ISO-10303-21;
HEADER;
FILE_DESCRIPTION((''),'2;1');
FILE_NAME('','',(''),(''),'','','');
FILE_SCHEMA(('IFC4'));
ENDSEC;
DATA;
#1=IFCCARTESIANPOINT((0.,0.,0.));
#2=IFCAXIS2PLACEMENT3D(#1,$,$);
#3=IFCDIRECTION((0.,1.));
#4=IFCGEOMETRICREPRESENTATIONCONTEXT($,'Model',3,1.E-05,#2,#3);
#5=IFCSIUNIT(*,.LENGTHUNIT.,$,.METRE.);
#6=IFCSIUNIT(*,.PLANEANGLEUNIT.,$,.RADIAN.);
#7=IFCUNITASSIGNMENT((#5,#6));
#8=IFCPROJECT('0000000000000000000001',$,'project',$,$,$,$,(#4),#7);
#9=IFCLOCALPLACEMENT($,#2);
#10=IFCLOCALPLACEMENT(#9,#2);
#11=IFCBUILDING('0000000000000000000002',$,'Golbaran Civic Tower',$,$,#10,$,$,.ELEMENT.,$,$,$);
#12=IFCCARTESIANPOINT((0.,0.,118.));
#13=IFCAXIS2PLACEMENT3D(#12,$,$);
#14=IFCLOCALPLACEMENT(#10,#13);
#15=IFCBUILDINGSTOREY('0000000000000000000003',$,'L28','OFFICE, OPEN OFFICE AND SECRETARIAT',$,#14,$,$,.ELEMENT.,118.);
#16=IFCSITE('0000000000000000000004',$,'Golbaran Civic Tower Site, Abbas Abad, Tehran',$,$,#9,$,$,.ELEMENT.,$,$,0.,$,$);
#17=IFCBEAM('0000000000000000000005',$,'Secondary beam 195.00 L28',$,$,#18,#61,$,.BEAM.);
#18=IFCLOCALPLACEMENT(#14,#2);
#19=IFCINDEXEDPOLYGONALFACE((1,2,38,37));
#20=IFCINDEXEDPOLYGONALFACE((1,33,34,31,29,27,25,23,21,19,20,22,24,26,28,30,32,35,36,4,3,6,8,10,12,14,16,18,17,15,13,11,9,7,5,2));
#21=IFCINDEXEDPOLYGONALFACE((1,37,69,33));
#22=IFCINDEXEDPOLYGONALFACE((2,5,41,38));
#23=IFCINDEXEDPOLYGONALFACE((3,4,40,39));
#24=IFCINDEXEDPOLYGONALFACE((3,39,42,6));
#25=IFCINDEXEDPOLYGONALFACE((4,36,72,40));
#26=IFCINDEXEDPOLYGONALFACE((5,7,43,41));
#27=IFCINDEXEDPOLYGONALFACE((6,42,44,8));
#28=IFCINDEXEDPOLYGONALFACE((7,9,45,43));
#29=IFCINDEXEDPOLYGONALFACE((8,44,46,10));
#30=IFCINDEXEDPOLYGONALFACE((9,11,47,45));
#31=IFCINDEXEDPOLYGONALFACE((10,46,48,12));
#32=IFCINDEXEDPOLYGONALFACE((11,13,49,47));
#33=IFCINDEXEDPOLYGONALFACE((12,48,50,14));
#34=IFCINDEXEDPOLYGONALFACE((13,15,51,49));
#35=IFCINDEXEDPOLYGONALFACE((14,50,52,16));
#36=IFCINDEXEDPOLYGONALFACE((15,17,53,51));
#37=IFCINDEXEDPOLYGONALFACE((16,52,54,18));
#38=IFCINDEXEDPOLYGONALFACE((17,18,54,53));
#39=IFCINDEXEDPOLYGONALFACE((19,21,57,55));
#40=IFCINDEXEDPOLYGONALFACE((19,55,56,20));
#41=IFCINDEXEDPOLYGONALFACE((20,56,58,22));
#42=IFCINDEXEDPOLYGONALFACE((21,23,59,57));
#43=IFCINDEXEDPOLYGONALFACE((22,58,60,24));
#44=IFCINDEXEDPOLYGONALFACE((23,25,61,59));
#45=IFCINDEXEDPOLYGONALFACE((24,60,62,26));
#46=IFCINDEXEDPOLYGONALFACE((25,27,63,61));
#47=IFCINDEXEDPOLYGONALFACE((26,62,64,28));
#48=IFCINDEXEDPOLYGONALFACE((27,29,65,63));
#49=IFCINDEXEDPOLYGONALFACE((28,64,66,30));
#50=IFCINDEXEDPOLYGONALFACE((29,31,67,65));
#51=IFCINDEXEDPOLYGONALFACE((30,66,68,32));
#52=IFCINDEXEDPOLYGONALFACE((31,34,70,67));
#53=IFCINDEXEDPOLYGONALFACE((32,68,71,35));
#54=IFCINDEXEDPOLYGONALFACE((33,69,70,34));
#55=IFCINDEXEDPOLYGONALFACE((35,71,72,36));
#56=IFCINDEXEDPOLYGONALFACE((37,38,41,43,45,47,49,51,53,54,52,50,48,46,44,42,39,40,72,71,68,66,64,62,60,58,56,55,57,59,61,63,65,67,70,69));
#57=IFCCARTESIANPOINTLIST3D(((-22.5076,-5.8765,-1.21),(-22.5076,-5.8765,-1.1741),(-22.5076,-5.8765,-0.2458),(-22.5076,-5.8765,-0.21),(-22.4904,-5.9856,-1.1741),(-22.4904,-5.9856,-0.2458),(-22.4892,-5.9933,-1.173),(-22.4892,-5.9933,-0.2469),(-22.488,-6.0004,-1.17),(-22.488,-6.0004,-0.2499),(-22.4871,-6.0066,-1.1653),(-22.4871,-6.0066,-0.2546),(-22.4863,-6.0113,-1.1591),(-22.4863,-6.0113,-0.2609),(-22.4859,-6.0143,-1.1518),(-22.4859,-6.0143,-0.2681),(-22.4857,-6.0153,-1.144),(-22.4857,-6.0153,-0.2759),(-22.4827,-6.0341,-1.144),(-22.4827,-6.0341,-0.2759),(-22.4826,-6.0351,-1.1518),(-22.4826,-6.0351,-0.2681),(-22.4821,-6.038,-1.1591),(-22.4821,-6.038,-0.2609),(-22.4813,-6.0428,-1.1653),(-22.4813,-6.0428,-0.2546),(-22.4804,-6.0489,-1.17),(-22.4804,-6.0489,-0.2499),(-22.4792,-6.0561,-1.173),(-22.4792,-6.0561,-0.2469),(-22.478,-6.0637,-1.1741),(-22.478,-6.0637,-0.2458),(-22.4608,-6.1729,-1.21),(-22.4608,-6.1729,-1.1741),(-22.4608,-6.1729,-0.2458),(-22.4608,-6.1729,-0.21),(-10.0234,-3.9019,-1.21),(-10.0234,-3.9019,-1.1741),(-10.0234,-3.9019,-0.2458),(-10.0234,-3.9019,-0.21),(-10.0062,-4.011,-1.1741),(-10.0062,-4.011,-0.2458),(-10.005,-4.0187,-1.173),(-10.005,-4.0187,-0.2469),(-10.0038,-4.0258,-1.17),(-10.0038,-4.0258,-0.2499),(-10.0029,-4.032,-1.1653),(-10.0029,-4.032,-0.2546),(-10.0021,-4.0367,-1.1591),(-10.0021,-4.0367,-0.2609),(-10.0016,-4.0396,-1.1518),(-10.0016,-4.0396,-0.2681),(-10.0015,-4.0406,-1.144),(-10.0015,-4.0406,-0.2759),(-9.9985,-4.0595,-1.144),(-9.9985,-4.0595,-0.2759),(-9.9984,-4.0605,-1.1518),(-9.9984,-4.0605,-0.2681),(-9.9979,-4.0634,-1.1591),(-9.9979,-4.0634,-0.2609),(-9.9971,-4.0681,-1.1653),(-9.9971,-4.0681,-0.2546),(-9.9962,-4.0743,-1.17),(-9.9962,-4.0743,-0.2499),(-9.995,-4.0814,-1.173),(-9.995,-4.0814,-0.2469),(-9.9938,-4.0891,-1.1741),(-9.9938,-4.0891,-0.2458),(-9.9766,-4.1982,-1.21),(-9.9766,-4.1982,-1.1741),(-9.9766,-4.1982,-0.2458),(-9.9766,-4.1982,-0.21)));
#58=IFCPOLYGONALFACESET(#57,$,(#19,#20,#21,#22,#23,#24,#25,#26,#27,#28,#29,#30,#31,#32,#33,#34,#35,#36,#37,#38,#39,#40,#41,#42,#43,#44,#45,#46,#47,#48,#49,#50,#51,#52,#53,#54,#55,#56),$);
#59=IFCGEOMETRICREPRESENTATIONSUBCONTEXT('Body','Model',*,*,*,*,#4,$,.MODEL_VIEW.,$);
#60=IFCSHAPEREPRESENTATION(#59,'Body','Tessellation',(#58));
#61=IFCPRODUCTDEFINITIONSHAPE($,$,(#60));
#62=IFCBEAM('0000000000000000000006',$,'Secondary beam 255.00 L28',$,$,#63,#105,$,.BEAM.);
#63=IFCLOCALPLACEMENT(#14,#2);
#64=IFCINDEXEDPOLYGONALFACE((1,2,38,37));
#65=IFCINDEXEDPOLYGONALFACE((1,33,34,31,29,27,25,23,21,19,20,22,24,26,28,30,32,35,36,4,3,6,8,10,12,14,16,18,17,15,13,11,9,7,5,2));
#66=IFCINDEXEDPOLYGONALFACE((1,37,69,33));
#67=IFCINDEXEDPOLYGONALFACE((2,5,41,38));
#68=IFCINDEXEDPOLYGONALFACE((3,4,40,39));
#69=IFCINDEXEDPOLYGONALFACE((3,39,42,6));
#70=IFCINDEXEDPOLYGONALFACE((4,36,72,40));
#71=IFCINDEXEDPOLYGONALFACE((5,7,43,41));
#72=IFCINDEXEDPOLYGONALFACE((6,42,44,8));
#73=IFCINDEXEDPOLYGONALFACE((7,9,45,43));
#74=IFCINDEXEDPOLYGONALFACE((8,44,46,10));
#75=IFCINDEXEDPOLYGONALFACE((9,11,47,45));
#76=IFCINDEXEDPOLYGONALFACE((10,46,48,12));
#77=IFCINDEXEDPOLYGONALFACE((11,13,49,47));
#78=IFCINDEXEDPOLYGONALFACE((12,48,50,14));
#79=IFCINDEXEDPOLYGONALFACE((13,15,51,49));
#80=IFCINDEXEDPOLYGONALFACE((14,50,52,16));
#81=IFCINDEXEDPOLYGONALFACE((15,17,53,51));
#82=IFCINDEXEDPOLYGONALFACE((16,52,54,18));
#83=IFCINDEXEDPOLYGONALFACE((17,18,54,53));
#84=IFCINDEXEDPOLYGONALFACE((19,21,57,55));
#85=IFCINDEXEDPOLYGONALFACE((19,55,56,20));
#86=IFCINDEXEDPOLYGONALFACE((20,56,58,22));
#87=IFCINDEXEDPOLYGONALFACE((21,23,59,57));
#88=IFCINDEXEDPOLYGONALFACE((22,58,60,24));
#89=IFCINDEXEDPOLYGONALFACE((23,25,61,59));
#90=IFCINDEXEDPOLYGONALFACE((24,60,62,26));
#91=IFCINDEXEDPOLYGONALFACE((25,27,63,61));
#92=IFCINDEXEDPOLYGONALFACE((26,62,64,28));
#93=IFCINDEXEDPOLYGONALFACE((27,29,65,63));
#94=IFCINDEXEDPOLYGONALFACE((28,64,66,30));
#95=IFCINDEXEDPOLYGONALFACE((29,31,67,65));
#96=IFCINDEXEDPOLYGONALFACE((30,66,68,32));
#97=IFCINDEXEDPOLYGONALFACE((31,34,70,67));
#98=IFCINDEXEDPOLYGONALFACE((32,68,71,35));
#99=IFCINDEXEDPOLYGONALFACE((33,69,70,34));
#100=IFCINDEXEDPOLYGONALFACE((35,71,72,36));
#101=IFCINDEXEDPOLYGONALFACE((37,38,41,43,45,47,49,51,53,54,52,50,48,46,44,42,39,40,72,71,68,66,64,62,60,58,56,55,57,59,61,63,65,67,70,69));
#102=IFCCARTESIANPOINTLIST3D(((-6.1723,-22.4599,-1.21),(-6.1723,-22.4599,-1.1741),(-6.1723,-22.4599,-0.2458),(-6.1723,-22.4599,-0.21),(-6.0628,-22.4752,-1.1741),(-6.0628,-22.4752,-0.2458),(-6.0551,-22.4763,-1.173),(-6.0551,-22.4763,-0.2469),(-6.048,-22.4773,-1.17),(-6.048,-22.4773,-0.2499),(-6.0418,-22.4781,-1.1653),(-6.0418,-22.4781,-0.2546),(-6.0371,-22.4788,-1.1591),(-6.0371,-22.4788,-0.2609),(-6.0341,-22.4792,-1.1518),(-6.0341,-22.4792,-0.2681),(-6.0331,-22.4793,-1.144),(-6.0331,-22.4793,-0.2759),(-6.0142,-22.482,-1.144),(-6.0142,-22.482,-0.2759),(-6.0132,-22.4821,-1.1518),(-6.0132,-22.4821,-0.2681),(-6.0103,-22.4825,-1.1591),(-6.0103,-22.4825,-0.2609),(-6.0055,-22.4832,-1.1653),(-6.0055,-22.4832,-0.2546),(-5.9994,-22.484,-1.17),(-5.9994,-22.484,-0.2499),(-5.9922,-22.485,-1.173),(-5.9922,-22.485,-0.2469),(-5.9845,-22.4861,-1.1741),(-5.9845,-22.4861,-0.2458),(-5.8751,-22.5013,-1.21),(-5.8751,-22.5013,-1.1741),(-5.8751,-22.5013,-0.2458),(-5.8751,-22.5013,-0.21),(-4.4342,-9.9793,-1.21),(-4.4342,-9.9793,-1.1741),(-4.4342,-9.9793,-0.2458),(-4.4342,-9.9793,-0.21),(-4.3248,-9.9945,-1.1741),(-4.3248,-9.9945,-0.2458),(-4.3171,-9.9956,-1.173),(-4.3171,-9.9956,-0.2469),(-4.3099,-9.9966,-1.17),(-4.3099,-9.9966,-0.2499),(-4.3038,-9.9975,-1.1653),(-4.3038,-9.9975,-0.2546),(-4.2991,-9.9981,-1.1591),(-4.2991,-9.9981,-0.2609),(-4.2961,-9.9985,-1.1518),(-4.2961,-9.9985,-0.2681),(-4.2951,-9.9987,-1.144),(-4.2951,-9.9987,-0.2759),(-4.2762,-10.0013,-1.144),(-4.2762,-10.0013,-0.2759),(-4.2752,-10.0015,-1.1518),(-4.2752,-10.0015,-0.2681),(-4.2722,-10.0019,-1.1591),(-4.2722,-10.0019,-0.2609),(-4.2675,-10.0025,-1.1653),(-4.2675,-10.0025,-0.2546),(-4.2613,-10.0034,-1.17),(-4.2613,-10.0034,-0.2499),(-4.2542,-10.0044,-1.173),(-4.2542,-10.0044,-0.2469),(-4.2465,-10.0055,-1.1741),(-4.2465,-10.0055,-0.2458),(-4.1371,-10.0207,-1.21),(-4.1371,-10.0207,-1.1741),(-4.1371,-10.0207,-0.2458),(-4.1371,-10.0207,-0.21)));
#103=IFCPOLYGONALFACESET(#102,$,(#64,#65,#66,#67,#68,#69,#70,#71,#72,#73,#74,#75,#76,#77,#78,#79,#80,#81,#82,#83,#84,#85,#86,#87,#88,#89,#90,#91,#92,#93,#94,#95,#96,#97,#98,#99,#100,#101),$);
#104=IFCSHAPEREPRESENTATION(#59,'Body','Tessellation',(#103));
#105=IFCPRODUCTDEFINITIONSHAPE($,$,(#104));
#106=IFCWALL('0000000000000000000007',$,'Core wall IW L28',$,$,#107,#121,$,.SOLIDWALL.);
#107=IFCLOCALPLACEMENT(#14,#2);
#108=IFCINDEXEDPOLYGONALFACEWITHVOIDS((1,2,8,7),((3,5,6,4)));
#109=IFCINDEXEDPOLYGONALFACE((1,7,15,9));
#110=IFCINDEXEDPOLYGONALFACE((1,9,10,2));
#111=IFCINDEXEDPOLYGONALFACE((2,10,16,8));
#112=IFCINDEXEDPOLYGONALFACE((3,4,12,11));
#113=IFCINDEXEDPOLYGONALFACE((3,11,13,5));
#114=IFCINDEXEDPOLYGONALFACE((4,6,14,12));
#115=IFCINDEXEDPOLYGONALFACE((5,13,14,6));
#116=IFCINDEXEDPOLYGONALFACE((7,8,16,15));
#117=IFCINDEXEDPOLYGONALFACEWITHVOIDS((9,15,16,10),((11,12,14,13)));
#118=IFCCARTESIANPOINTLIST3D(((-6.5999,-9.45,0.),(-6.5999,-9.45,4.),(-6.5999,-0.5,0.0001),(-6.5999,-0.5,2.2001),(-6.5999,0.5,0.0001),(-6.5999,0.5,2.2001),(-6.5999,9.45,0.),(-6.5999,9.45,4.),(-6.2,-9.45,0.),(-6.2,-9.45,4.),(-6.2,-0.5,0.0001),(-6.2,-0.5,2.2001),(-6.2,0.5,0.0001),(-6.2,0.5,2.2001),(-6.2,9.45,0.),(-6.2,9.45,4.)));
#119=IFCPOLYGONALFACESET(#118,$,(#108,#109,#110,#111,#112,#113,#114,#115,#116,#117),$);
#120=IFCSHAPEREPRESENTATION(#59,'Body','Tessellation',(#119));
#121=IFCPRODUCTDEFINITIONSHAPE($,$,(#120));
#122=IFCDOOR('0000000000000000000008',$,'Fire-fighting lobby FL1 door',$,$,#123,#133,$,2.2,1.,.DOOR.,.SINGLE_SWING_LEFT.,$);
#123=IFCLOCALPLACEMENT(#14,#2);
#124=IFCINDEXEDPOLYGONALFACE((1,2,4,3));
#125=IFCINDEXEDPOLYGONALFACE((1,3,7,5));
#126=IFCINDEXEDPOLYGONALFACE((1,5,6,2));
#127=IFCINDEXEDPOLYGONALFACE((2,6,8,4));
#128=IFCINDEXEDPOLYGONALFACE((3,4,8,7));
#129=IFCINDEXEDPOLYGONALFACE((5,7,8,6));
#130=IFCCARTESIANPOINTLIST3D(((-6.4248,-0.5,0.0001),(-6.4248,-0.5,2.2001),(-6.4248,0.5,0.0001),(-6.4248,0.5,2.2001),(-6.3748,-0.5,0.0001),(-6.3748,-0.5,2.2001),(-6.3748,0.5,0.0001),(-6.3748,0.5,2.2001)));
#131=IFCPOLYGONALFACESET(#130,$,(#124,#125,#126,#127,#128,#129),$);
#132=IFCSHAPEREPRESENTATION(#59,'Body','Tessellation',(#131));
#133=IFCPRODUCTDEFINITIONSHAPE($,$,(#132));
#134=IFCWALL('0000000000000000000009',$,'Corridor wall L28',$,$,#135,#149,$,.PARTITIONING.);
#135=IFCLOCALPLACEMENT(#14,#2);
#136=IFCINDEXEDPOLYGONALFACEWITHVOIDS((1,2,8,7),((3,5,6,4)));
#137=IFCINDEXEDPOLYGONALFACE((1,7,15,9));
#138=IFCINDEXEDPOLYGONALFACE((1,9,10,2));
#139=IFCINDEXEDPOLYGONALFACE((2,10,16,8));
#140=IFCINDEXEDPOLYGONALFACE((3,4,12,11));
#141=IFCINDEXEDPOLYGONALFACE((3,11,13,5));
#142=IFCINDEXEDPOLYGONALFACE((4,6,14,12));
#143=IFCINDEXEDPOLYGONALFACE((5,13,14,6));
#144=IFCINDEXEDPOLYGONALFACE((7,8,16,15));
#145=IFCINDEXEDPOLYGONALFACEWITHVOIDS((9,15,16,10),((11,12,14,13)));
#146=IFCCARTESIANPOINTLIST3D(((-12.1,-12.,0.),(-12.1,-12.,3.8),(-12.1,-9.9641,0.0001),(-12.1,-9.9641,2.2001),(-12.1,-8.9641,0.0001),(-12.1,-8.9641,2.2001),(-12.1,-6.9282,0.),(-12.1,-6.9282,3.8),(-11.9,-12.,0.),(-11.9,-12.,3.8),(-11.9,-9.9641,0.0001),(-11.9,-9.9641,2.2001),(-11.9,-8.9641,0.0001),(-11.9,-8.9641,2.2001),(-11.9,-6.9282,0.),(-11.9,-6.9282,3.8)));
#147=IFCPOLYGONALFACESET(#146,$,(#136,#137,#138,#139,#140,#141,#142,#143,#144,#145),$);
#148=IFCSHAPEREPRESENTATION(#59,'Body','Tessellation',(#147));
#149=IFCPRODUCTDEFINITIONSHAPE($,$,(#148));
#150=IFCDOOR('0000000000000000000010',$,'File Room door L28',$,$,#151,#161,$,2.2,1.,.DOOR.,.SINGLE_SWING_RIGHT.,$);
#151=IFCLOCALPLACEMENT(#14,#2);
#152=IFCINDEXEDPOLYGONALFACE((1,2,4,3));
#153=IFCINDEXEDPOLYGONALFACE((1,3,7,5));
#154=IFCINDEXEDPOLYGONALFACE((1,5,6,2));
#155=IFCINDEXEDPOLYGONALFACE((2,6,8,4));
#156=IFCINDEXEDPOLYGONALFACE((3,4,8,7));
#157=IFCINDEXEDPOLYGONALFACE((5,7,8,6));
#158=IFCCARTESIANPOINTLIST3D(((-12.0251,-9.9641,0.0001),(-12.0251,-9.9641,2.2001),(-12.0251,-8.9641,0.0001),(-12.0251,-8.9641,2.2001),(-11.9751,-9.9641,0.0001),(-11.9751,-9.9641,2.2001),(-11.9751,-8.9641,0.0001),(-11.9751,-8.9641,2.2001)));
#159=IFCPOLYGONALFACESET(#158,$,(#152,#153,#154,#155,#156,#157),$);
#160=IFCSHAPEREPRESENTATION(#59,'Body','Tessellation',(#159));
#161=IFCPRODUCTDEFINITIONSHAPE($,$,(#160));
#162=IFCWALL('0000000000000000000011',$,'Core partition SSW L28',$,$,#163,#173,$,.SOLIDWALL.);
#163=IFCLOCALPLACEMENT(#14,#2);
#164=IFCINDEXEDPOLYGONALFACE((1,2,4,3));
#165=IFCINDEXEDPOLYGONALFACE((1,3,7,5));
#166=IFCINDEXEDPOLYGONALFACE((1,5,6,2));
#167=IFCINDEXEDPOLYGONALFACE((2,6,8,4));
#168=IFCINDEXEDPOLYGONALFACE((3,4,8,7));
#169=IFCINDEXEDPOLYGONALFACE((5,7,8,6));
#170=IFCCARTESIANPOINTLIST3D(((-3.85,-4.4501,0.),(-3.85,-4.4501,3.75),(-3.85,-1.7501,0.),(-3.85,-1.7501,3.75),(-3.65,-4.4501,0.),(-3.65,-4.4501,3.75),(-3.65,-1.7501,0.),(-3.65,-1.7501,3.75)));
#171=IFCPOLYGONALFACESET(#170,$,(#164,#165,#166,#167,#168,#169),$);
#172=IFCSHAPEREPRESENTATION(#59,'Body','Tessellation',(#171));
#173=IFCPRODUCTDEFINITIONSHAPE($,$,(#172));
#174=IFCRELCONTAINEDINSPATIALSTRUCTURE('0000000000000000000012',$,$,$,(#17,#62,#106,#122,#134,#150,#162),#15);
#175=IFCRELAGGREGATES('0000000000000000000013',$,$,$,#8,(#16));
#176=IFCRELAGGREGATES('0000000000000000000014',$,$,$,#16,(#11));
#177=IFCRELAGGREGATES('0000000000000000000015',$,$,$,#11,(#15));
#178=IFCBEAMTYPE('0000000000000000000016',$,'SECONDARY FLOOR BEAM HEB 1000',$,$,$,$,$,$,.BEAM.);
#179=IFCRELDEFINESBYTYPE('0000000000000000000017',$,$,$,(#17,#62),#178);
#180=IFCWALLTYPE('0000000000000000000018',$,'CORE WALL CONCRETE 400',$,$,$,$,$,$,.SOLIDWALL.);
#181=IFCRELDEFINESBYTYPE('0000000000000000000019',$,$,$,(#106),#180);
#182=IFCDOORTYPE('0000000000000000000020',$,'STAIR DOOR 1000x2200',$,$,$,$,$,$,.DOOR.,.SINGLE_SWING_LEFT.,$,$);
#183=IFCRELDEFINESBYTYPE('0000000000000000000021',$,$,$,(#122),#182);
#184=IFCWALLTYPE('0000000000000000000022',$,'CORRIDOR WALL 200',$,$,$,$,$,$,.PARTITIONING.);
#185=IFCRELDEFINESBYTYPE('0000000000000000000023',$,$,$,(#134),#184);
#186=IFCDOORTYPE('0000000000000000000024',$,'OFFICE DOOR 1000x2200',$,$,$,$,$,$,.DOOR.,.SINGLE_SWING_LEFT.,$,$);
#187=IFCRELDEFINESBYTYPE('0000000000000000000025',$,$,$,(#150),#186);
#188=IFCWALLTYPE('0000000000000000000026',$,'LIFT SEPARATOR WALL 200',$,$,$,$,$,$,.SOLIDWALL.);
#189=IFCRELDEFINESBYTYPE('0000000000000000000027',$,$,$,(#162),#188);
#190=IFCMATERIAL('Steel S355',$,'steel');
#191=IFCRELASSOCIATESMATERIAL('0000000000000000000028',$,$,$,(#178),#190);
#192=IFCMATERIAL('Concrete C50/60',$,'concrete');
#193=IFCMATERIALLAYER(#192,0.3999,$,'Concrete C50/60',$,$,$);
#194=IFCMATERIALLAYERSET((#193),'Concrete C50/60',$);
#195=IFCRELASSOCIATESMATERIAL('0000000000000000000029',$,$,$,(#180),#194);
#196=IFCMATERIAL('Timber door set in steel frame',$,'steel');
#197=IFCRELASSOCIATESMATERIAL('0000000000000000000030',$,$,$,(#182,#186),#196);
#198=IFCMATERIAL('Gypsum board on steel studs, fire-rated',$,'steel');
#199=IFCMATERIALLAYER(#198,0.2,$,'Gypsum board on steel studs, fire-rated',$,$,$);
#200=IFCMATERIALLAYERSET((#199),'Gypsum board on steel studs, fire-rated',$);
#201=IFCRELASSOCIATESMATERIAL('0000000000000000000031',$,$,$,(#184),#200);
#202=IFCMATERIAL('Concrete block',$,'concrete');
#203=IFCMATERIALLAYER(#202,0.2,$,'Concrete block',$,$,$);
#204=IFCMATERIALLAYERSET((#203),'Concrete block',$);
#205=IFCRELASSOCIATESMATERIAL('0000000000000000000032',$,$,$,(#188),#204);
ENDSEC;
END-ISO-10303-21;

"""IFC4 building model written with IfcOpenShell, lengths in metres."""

from ifc_helpers import new_model, si_unit, direction, frame, frame_2d, origin, origin_2d, place, context, subcontext, project, spatial, rectangle, i_section, extrude, material, layer, layer_set, material_profile, profile_set, type_object, element, fill, save


model = new_model("IFC4")

# Units and contexts
model_context = context("Model", 3, precision=1e-05, world=origin(), true_north=direction((0.0, 1.0)))
body_context = subcontext(model_context, "Body", "Model", "MODEL_VIEW")
ifc_project = project(units=[si_unit("LENGTHUNIT", "METRE"), si_unit("PLANEANGLEUNIT", "RADIAN")], contexts=[model_context])

# Site, building, storey
site_placement = place(None, origin())
site = spatial("IfcSite", under=ifc_project, at=site_placement, Name="Golbaran Civic Tower Site, Abbas Abad, Tehran", CompositionType="ELEMENT", RefElevation=0.0)
building_placement = place(site_placement, origin())
building = spatial("IfcBuilding", under=site, at=building_placement, Name="Golbaran Civic Tower", CompositionType="ELEMENT")
storey_placement = place(building_placement, frame((0.0, 0.0, 118.0)))
storey = spatial("IfcBuildingStorey", under=building, at=storey_placement, Name="L28", Description="OFFICE, OPEN OFFICE AND SECRETARIAT", CompositionType="ELEMENT", Elevation=118.0)

# Beams
ifc_material_1 = material(Name="Steel S355", Category="steel")
ifc_material_profile_1 = material_profile(ifc_material_1, i_section(OverallWidth=0.3, OverallDepth=1.0, WebThickness=0.019, FlangeThickness=0.0359, FilletRadius=0.03, at=origin_2d()), Name="HEB 1000")
ifc_profile_set_1 = profile_set([ifc_material_profile_1], Name="Steel S355")
beam_type_1 = type_object("IfcBeamType", Name="SECONDARY FLOOR BEAM HEB 1000", PredefinedType="BEAM", material=ifc_profile_set_1)
beam_1_placement = place(storey_placement, frame((-10.0, -4.05, -0.71), z_axis=(-0.987721, -0.156227, 0.0), x_axis=(0.156227, -0.987721, 0.0)))
element("IfcBeam", 1, at=beam_1_placement, inside=storey, type_object=beam_type_1, Name="Secondary beam 195.00 L28", PredefinedType="BEAM", context=body_context, shape_type="SweptSolid", body=[
    extrude(i_section(OverallWidth=0.3, OverallDepth=1.0, WebThickness=0.019, FlangeThickness=0.0359, FilletRadius=0.03, at=origin_2d()), origin(), (0.0, 0.0, 1.0), 12.6394),
])
beam_2_placement = place(storey_placement, frame((-4.2856, -10.0, -0.71), z_axis=(-0.137927, -0.990442, 0.0), x_axis=(0.990442, -0.137927, 0.0)))
element("IfcBeam", 2, at=beam_2_placement, inside=storey, type_object=beam_type_1, Name="Secondary beam 255.00 L28", PredefinedType="BEAM", context=body_context, shape_type="SweptSolid", body=[
    extrude(i_section(OverallWidth=0.3, OverallDepth=1.0, WebThickness=0.019, FlangeThickness=0.0359, FilletRadius=0.03, at=origin_2d()), origin(), (0.0, 0.0, 1.0), 12.6011),
])

# Walls, openings, doors
ifc_material_2 = material(Name="Concrete C50/60", Category="concrete")
ifc_layer_1 = layer(ifc_material_2, 0.3999, Name="Concrete C50/60")
ifc_layer_set_1 = layer_set([ifc_layer_1], Name="Concrete C50/60")
wall_type_1 = type_object("IfcWallType", Name="CORE WALL CONCRETE 400", PredefinedType="SOLIDWALL", material=ifc_layer_set_1)
wall_1_placement = place(storey_placement, frame((-6.3999, -9.45, 0.0), z_axis=(0.0, 0.0, 1.0), x_axis=(0.0, 1.0, 0.0)))
wall_1 = element("IfcWall", 3, at=wall_1_placement, inside=storey, type_object=wall_type_1, Name="Core wall IW L28", PredefinedType="SOLIDWALL", context=body_context, shape_type="SweptSolid", body=[
    extrude(rectangle(XDim=18.8999, YDim=0.3999, at=frame_2d((9.45, 0.0))), origin(), (0.0, 0.0, 1.0), 4.0),
])
opening_1_placement = place(wall_1_placement, frame((8.95, 0.0, 0.0)))
opening_1 = element("IfcOpeningElement", 4, at=opening_1_placement, cuts=wall_1, PredefinedType="OPENING", context=body_context, shape_type="SweptSolid", body=[
    extrude(rectangle(XDim=1.0, YDim=2.2, at=frame_2d((0.5, 1.1001))), frame((0.0, 0.21, 0.0), z_axis=(0.0, -1.0, 0.0), x_axis=(1.0, 0.0, 0.0)), (0.0, 0.0, 1.0), 0.4199),
])
ifc_material_3 = material(Name="Timber door set in steel frame", Category="steel")
door_type_1 = type_object("IfcDoorType", Name="STAIR DOOR 1000x2200", OperationType="SINGLE_SWING_LEFT", PredefinedType="DOOR", material=ifc_material_3)
door_1_placement = place(opening_1_placement, origin())
door_1 = element("IfcDoor", 5, at=door_1_placement, inside=storey, type_object=door_type_1, Name="Fire-fighting lobby FL1 door", OperationType="SINGLE_SWING_LEFT", OverallHeight=2.2, OverallWidth=1.0, PredefinedType="DOOR", context=body_context, shape_type="SweptSolid", body=[
    extrude(rectangle(XDim=1.0, YDim=2.2, at=frame_2d((0.5, 1.1001))), frame((0.0, 0.0249, 0.0), z_axis=(0.0, -1.0, 0.0), x_axis=(1.0, 0.0, 0.0)), (0.0, 0.0, 1.0), 0.05),
])
fill(opening_1, door_1)
ifc_material_4 = material(Name="Gypsum board on steel studs, fire-rated", Category="steel")
ifc_layer_2 = layer(ifc_material_4, 0.2, Name="Gypsum board on steel studs, fire-rated")
ifc_layer_set_2 = layer_set([ifc_layer_2], Name="Gypsum board on steel studs, fire-rated")
wall_type_2 = type_object("IfcWallType", Name="CORRIDOR WALL 200", PredefinedType="PARTITIONING", material=ifc_layer_set_2)
wall_2_placement = place(storey_placement, frame((-12.0, -6.9282, 0.0), z_axis=(0.0, 0.0, 1.0), x_axis=(0.0, -1.0, 0.0)))
wall_2 = element("IfcWall", 6, at=wall_2_placement, inside=storey, type_object=wall_type_2, Name="Corridor wall L28", PredefinedType="PARTITIONING", context=body_context, shape_type="SweptSolid", body=[
    extrude(rectangle(XDim=5.0718, YDim=0.2, at=frame_2d((2.5359, 0.0))), origin(), (0.0, 0.0, 1.0), 3.8),
])
opening_2_placement = place(wall_2_placement, frame((2.0359, 0.0, 0.0)))
opening_2 = element("IfcOpeningElement", 7, at=opening_2_placement, cuts=wall_2, PredefinedType="OPENING", context=body_context, shape_type="SweptSolid", body=[
    extrude(rectangle(XDim=1.0, YDim=2.2, at=frame_2d((0.5, 1.1001))), frame((0.0, 0.1099, 0.0), z_axis=(0.0, -1.0, 0.0), x_axis=(1.0, 0.0, 0.0)), (0.0, 0.0, 1.0), 0.22),
])
door_type_2 = type_object("IfcDoorType", Name="OFFICE DOOR 1000x2200", OperationType="SINGLE_SWING_LEFT", PredefinedType="DOOR", material=ifc_material_3)
door_2_placement = place(opening_2_placement, origin())
door_2 = element("IfcDoor", 8, at=door_2_placement, inside=storey, type_object=door_type_2, Name="File Room door L28", OperationType="SINGLE_SWING_RIGHT", OverallHeight=2.2, OverallWidth=1.0, PredefinedType="DOOR", context=body_context, shape_type="SweptSolid", body=[
    extrude(rectangle(XDim=1.0, YDim=2.2, at=frame_2d((0.5, 1.1001))), frame((0.0, 0.0249, 0.0), z_axis=(0.0, -1.0, 0.0), x_axis=(1.0, 0.0, 0.0)), (0.0, 0.0, 1.0), 0.05),
])
fill(opening_2, door_2)

# Wall
ifc_material_5 = material(Name="Concrete block", Category="concrete")
ifc_layer_3 = layer(ifc_material_5, 0.2, Name="Concrete block")
ifc_layer_set_3 = layer_set([ifc_layer_3], Name="Concrete block")
wall_type_3 = type_object("IfcWallType", Name="LIFT SEPARATOR WALL 200", PredefinedType="SOLIDWALL", material=ifc_layer_set_3)
for number, where, z_axis, x_axis, name in (
    (9, (-3.75, -1.75, 0.0), (0.0, 0.0, 1.0), (0.0, -1.0, 0.0), "Core partition SSW L28"),
):
    element("IfcWall", number, at=place(storey_placement, frame(where, z_axis=z_axis, x_axis=x_axis)), inside=storey, type_object=wall_type_3, Name=name, PredefinedType="SOLIDWALL", context=body_context, shape_type="SweptSolid", body=[
        extrude(rectangle(XDim=2.7, YDim=0.2, at=frame_2d((1.3501, 0.0))), origin(), (0.0, 0.0, 1.0), 3.75),
    ])

save(model, "model.ifc")
